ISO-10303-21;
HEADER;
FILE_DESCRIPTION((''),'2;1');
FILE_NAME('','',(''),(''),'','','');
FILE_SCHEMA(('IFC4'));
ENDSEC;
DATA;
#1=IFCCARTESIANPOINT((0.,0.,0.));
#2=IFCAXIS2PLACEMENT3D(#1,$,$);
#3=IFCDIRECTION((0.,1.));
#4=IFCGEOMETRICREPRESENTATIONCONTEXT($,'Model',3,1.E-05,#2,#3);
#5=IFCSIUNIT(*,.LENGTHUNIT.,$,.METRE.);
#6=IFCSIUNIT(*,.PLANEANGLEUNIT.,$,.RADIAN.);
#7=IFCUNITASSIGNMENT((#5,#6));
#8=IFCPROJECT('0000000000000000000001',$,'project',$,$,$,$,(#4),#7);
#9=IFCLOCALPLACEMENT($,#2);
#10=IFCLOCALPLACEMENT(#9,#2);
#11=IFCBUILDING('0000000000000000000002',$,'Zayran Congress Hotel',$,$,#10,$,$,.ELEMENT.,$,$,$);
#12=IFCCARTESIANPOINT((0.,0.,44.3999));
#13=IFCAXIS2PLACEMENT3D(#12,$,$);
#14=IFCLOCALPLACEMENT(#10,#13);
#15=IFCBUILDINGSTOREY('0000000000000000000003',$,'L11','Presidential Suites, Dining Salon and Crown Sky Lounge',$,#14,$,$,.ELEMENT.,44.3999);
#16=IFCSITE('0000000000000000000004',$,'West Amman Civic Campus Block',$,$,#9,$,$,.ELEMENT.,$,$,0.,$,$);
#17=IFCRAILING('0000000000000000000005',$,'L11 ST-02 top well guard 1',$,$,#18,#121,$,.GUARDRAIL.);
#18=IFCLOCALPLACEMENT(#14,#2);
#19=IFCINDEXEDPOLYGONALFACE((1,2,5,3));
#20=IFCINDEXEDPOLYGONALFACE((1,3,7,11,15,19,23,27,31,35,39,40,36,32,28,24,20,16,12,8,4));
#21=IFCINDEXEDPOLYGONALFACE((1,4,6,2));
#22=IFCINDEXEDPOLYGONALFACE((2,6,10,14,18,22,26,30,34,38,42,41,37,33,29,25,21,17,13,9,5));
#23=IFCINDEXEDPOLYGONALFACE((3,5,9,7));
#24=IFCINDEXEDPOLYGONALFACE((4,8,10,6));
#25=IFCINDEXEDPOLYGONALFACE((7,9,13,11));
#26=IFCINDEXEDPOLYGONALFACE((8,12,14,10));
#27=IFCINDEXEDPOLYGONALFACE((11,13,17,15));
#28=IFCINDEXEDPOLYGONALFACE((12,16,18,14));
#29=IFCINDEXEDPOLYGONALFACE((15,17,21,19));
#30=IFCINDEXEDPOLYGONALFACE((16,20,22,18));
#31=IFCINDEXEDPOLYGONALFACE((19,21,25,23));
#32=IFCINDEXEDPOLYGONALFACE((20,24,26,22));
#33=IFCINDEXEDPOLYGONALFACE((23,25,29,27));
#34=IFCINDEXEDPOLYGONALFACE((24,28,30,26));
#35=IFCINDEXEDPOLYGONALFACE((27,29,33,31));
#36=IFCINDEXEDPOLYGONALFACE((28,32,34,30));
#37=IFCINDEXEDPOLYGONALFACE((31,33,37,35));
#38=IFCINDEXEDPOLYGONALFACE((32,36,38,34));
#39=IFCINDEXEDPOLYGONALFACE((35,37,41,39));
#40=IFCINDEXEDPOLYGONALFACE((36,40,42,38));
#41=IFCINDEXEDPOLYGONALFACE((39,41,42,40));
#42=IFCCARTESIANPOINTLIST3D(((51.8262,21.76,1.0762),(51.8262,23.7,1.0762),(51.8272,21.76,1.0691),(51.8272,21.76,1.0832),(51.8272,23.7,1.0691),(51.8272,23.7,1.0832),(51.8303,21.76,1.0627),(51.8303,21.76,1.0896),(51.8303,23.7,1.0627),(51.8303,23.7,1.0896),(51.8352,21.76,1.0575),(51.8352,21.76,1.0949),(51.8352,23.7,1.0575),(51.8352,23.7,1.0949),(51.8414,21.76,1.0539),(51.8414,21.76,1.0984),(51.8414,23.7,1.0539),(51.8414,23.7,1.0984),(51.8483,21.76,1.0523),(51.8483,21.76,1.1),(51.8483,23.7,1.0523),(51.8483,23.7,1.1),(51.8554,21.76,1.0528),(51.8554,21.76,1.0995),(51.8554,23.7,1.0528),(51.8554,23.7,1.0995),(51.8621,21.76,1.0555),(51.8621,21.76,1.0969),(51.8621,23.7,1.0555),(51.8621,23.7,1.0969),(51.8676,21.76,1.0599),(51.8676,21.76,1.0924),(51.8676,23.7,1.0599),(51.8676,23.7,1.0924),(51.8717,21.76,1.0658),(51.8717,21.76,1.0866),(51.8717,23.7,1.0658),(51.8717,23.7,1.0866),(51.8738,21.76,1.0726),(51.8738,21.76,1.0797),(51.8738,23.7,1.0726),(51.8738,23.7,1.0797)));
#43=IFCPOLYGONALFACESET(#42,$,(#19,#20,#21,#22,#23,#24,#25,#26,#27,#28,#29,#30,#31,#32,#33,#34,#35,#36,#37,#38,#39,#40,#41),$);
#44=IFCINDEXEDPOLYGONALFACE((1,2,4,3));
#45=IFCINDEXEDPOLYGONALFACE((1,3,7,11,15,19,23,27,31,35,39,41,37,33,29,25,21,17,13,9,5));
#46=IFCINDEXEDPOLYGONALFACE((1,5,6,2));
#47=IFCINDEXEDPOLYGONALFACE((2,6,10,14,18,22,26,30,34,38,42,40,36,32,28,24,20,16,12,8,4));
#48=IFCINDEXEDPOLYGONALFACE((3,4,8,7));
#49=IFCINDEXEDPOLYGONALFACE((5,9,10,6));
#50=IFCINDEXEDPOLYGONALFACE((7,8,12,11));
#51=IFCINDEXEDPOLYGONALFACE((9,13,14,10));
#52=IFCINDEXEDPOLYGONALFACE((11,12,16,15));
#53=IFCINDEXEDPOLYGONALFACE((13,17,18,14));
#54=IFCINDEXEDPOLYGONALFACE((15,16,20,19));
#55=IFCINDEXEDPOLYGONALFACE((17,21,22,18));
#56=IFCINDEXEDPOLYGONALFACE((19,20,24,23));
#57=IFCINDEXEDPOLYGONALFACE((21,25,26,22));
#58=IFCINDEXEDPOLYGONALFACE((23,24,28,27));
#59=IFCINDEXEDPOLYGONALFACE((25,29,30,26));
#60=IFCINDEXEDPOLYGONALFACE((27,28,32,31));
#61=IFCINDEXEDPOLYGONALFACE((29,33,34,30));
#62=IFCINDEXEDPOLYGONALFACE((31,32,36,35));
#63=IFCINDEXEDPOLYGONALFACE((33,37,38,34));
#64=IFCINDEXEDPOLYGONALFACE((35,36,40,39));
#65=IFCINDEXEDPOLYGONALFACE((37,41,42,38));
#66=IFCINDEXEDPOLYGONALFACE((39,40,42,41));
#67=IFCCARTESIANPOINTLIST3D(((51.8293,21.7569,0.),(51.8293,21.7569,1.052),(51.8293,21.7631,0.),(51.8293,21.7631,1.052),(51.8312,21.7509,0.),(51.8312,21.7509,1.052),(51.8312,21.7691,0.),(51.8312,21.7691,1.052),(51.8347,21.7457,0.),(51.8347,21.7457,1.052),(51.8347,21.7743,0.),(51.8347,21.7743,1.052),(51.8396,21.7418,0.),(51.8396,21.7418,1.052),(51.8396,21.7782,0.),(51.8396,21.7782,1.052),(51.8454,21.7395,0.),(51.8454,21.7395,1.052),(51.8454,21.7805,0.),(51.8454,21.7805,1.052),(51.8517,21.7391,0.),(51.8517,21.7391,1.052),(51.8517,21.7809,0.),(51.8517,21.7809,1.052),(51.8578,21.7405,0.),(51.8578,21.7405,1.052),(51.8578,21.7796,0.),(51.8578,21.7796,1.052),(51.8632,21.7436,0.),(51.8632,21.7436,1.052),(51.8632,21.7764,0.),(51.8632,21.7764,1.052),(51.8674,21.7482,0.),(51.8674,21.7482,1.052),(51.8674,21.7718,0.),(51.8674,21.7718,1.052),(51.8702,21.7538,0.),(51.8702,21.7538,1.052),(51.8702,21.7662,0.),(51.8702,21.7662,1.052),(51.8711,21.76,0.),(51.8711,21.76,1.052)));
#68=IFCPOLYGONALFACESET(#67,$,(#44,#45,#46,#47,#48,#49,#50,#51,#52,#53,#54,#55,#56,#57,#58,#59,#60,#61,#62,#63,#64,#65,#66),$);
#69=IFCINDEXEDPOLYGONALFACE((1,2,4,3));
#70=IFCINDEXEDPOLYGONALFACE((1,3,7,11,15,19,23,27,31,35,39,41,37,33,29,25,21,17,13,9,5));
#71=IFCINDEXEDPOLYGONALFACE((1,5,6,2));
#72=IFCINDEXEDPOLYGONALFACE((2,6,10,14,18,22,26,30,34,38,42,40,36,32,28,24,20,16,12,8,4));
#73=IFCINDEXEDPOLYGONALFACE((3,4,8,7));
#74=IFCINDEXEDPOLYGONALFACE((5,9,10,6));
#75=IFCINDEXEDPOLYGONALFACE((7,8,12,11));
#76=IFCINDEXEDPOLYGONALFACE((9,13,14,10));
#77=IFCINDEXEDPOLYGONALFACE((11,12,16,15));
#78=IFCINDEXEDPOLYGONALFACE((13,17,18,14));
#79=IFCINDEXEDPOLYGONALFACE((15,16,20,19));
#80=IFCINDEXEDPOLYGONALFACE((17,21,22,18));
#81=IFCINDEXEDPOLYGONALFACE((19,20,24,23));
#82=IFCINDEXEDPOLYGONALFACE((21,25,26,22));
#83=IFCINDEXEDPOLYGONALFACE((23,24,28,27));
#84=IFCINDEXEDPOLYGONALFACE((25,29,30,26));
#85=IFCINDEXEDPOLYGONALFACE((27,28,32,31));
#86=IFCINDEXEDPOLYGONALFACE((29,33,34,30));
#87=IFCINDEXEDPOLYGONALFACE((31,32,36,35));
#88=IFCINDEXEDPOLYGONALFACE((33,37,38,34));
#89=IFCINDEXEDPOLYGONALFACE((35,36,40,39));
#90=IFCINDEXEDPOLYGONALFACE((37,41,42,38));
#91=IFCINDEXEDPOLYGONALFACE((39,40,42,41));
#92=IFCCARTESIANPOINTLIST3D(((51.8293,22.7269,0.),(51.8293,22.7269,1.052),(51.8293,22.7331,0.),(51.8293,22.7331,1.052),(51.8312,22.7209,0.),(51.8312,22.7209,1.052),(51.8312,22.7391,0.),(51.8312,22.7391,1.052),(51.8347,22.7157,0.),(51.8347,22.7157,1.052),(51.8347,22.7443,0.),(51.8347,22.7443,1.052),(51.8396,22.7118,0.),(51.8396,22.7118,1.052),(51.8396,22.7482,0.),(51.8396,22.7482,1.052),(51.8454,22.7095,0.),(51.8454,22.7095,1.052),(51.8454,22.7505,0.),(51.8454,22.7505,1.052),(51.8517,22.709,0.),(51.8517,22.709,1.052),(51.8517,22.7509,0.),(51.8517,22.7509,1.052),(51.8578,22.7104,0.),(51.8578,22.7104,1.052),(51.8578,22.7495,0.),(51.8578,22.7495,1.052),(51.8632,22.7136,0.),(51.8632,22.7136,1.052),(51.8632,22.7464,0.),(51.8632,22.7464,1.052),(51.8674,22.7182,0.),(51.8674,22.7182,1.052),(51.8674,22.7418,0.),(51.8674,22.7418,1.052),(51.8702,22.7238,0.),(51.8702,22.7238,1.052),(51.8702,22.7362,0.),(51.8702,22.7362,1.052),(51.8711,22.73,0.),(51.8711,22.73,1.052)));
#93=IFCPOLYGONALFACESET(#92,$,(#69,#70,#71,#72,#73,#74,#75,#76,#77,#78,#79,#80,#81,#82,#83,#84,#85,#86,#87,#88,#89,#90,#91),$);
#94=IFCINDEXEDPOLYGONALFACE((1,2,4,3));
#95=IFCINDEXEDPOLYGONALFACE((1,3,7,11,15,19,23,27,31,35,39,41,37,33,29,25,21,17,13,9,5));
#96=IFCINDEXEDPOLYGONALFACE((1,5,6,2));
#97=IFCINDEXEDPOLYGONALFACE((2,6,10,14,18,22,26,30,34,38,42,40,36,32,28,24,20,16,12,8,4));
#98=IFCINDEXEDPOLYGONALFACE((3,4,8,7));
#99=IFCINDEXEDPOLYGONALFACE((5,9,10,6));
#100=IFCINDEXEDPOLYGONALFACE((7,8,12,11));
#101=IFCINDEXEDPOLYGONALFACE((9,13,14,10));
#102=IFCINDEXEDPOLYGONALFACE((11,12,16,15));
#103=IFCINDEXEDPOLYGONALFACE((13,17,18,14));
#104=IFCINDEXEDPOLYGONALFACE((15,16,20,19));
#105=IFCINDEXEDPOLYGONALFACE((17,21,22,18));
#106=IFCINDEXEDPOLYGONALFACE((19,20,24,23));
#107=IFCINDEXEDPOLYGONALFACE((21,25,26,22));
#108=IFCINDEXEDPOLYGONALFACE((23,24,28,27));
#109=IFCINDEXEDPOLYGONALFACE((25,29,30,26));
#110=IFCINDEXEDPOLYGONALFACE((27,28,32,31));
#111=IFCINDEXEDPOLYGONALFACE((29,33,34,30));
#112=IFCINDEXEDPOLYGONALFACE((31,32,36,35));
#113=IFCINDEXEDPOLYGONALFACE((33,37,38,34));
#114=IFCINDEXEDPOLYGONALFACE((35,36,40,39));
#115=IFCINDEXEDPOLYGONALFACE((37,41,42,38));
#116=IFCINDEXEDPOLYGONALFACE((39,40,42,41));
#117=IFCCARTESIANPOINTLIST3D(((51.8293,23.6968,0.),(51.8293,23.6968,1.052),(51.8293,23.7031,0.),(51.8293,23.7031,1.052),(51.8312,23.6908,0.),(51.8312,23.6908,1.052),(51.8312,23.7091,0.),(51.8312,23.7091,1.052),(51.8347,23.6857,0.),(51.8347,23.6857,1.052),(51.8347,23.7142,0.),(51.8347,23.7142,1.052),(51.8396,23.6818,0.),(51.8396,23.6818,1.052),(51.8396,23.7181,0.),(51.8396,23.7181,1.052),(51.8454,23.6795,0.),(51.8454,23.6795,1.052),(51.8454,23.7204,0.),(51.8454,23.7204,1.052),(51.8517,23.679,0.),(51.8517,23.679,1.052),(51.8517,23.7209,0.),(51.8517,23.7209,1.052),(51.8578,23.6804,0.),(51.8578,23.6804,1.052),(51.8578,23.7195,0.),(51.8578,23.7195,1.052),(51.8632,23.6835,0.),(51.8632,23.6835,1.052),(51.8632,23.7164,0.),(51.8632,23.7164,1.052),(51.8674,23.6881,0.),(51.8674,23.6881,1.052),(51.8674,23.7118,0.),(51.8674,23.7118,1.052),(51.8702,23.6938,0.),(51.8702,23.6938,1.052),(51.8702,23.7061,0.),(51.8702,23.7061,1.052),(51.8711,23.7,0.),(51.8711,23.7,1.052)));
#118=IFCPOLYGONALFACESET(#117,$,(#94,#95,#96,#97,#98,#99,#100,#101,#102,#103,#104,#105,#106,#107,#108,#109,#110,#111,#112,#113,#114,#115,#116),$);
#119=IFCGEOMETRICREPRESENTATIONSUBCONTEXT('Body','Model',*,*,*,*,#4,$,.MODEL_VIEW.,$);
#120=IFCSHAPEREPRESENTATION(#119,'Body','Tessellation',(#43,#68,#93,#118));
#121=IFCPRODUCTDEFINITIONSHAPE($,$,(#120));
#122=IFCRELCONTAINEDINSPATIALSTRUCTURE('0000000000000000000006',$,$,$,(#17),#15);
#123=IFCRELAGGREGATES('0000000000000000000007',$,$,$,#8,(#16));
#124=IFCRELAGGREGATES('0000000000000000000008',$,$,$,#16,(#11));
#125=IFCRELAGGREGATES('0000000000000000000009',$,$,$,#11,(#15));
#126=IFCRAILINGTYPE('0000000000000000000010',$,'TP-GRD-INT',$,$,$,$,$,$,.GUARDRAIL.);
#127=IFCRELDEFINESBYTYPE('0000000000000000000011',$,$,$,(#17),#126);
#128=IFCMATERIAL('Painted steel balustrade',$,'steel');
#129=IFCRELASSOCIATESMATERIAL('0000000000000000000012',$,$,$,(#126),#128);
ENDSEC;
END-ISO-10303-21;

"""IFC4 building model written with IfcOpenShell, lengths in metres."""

from ifc_helpers import new_model, si_unit, direction, frame, origin, origin_2d, place, context, subcontext, project, spatial, circle, extrude, material, type_object, element, save


model = new_model("IFC4")

# Units and contexts
model_context = context("Model", 3, precision=1e-05, world=origin(), true_north=direction((0.0, 1.0)))
body_context = subcontext(model_context, "Body", "Model", "MODEL_VIEW")
ifc_project = project(units=[si_unit("LENGTHUNIT", "METRE"), si_unit("PLANEANGLEUNIT", "RADIAN")], contexts=[model_context])

# Site, building, storey
site_placement = place(None, origin())
site = spatial("IfcSite", under=ifc_project, at=site_placement, Name="West Amman Civic Campus Block", CompositionType="ELEMENT", RefElevation=0.0)
building_placement = place(site_placement, origin())
building = spatial("IfcBuilding", under=site, at=building_placement, Name="Zayran Congress Hotel", CompositionType="ELEMENT")
storey_placement = place(building_placement, frame((0.0, 0.0, 44.3999)))
storey = spatial("IfcBuildingStorey", under=building, at=storey_placement, Name="L11", Description="Presidential Suites, Dining Salon and Crown Sky Lounge", CompositionType="ELEMENT", Elevation=44.3999)

# Railing
ifc_material_1 = material(Name="Painted steel balustrade", Category="steel")
railing_type = type_object("IfcRailingType", Name="TP-GRD-INT", PredefinedType="GUARDRAIL", material=ifc_material_1)
railing_placement = place(storey_placement, frame((51.8501, 21.76, 0.0)))
element("IfcRailing", 1, at=railing_placement, inside=storey, type_object=railing_type, Name="L11 ST-02 top well guard 1", PredefinedType="GUARDRAIL", context=body_context, shape_type="SweptSolid", body=[
    extrude(circle(Radius=0.0239, at=origin_2d()), frame((0.0, 0.0, 1.0762), z_axis=(0.0, 1.0, 0.0), x_axis=(-1.0, 0.0, 0.0)), (0.0, 0.0, 1.0), 1.9399),
    extrude(circle(Radius=0.021, at=origin_2d()), origin(), (0.0, 0.0, 1.0), 1.052),
    extrude(circle(Radius=0.021, at=origin_2d()), frame((0.0, 0.97, 0.0)), (0.0, 0.0, 1.0), 1.052),
    extrude(circle(Radius=0.021, at=origin_2d()), frame((0.0, 1.9399, 0.0)), (0.0, 0.0, 1.0), 1.052),
])

save(model, "model.ifc")
